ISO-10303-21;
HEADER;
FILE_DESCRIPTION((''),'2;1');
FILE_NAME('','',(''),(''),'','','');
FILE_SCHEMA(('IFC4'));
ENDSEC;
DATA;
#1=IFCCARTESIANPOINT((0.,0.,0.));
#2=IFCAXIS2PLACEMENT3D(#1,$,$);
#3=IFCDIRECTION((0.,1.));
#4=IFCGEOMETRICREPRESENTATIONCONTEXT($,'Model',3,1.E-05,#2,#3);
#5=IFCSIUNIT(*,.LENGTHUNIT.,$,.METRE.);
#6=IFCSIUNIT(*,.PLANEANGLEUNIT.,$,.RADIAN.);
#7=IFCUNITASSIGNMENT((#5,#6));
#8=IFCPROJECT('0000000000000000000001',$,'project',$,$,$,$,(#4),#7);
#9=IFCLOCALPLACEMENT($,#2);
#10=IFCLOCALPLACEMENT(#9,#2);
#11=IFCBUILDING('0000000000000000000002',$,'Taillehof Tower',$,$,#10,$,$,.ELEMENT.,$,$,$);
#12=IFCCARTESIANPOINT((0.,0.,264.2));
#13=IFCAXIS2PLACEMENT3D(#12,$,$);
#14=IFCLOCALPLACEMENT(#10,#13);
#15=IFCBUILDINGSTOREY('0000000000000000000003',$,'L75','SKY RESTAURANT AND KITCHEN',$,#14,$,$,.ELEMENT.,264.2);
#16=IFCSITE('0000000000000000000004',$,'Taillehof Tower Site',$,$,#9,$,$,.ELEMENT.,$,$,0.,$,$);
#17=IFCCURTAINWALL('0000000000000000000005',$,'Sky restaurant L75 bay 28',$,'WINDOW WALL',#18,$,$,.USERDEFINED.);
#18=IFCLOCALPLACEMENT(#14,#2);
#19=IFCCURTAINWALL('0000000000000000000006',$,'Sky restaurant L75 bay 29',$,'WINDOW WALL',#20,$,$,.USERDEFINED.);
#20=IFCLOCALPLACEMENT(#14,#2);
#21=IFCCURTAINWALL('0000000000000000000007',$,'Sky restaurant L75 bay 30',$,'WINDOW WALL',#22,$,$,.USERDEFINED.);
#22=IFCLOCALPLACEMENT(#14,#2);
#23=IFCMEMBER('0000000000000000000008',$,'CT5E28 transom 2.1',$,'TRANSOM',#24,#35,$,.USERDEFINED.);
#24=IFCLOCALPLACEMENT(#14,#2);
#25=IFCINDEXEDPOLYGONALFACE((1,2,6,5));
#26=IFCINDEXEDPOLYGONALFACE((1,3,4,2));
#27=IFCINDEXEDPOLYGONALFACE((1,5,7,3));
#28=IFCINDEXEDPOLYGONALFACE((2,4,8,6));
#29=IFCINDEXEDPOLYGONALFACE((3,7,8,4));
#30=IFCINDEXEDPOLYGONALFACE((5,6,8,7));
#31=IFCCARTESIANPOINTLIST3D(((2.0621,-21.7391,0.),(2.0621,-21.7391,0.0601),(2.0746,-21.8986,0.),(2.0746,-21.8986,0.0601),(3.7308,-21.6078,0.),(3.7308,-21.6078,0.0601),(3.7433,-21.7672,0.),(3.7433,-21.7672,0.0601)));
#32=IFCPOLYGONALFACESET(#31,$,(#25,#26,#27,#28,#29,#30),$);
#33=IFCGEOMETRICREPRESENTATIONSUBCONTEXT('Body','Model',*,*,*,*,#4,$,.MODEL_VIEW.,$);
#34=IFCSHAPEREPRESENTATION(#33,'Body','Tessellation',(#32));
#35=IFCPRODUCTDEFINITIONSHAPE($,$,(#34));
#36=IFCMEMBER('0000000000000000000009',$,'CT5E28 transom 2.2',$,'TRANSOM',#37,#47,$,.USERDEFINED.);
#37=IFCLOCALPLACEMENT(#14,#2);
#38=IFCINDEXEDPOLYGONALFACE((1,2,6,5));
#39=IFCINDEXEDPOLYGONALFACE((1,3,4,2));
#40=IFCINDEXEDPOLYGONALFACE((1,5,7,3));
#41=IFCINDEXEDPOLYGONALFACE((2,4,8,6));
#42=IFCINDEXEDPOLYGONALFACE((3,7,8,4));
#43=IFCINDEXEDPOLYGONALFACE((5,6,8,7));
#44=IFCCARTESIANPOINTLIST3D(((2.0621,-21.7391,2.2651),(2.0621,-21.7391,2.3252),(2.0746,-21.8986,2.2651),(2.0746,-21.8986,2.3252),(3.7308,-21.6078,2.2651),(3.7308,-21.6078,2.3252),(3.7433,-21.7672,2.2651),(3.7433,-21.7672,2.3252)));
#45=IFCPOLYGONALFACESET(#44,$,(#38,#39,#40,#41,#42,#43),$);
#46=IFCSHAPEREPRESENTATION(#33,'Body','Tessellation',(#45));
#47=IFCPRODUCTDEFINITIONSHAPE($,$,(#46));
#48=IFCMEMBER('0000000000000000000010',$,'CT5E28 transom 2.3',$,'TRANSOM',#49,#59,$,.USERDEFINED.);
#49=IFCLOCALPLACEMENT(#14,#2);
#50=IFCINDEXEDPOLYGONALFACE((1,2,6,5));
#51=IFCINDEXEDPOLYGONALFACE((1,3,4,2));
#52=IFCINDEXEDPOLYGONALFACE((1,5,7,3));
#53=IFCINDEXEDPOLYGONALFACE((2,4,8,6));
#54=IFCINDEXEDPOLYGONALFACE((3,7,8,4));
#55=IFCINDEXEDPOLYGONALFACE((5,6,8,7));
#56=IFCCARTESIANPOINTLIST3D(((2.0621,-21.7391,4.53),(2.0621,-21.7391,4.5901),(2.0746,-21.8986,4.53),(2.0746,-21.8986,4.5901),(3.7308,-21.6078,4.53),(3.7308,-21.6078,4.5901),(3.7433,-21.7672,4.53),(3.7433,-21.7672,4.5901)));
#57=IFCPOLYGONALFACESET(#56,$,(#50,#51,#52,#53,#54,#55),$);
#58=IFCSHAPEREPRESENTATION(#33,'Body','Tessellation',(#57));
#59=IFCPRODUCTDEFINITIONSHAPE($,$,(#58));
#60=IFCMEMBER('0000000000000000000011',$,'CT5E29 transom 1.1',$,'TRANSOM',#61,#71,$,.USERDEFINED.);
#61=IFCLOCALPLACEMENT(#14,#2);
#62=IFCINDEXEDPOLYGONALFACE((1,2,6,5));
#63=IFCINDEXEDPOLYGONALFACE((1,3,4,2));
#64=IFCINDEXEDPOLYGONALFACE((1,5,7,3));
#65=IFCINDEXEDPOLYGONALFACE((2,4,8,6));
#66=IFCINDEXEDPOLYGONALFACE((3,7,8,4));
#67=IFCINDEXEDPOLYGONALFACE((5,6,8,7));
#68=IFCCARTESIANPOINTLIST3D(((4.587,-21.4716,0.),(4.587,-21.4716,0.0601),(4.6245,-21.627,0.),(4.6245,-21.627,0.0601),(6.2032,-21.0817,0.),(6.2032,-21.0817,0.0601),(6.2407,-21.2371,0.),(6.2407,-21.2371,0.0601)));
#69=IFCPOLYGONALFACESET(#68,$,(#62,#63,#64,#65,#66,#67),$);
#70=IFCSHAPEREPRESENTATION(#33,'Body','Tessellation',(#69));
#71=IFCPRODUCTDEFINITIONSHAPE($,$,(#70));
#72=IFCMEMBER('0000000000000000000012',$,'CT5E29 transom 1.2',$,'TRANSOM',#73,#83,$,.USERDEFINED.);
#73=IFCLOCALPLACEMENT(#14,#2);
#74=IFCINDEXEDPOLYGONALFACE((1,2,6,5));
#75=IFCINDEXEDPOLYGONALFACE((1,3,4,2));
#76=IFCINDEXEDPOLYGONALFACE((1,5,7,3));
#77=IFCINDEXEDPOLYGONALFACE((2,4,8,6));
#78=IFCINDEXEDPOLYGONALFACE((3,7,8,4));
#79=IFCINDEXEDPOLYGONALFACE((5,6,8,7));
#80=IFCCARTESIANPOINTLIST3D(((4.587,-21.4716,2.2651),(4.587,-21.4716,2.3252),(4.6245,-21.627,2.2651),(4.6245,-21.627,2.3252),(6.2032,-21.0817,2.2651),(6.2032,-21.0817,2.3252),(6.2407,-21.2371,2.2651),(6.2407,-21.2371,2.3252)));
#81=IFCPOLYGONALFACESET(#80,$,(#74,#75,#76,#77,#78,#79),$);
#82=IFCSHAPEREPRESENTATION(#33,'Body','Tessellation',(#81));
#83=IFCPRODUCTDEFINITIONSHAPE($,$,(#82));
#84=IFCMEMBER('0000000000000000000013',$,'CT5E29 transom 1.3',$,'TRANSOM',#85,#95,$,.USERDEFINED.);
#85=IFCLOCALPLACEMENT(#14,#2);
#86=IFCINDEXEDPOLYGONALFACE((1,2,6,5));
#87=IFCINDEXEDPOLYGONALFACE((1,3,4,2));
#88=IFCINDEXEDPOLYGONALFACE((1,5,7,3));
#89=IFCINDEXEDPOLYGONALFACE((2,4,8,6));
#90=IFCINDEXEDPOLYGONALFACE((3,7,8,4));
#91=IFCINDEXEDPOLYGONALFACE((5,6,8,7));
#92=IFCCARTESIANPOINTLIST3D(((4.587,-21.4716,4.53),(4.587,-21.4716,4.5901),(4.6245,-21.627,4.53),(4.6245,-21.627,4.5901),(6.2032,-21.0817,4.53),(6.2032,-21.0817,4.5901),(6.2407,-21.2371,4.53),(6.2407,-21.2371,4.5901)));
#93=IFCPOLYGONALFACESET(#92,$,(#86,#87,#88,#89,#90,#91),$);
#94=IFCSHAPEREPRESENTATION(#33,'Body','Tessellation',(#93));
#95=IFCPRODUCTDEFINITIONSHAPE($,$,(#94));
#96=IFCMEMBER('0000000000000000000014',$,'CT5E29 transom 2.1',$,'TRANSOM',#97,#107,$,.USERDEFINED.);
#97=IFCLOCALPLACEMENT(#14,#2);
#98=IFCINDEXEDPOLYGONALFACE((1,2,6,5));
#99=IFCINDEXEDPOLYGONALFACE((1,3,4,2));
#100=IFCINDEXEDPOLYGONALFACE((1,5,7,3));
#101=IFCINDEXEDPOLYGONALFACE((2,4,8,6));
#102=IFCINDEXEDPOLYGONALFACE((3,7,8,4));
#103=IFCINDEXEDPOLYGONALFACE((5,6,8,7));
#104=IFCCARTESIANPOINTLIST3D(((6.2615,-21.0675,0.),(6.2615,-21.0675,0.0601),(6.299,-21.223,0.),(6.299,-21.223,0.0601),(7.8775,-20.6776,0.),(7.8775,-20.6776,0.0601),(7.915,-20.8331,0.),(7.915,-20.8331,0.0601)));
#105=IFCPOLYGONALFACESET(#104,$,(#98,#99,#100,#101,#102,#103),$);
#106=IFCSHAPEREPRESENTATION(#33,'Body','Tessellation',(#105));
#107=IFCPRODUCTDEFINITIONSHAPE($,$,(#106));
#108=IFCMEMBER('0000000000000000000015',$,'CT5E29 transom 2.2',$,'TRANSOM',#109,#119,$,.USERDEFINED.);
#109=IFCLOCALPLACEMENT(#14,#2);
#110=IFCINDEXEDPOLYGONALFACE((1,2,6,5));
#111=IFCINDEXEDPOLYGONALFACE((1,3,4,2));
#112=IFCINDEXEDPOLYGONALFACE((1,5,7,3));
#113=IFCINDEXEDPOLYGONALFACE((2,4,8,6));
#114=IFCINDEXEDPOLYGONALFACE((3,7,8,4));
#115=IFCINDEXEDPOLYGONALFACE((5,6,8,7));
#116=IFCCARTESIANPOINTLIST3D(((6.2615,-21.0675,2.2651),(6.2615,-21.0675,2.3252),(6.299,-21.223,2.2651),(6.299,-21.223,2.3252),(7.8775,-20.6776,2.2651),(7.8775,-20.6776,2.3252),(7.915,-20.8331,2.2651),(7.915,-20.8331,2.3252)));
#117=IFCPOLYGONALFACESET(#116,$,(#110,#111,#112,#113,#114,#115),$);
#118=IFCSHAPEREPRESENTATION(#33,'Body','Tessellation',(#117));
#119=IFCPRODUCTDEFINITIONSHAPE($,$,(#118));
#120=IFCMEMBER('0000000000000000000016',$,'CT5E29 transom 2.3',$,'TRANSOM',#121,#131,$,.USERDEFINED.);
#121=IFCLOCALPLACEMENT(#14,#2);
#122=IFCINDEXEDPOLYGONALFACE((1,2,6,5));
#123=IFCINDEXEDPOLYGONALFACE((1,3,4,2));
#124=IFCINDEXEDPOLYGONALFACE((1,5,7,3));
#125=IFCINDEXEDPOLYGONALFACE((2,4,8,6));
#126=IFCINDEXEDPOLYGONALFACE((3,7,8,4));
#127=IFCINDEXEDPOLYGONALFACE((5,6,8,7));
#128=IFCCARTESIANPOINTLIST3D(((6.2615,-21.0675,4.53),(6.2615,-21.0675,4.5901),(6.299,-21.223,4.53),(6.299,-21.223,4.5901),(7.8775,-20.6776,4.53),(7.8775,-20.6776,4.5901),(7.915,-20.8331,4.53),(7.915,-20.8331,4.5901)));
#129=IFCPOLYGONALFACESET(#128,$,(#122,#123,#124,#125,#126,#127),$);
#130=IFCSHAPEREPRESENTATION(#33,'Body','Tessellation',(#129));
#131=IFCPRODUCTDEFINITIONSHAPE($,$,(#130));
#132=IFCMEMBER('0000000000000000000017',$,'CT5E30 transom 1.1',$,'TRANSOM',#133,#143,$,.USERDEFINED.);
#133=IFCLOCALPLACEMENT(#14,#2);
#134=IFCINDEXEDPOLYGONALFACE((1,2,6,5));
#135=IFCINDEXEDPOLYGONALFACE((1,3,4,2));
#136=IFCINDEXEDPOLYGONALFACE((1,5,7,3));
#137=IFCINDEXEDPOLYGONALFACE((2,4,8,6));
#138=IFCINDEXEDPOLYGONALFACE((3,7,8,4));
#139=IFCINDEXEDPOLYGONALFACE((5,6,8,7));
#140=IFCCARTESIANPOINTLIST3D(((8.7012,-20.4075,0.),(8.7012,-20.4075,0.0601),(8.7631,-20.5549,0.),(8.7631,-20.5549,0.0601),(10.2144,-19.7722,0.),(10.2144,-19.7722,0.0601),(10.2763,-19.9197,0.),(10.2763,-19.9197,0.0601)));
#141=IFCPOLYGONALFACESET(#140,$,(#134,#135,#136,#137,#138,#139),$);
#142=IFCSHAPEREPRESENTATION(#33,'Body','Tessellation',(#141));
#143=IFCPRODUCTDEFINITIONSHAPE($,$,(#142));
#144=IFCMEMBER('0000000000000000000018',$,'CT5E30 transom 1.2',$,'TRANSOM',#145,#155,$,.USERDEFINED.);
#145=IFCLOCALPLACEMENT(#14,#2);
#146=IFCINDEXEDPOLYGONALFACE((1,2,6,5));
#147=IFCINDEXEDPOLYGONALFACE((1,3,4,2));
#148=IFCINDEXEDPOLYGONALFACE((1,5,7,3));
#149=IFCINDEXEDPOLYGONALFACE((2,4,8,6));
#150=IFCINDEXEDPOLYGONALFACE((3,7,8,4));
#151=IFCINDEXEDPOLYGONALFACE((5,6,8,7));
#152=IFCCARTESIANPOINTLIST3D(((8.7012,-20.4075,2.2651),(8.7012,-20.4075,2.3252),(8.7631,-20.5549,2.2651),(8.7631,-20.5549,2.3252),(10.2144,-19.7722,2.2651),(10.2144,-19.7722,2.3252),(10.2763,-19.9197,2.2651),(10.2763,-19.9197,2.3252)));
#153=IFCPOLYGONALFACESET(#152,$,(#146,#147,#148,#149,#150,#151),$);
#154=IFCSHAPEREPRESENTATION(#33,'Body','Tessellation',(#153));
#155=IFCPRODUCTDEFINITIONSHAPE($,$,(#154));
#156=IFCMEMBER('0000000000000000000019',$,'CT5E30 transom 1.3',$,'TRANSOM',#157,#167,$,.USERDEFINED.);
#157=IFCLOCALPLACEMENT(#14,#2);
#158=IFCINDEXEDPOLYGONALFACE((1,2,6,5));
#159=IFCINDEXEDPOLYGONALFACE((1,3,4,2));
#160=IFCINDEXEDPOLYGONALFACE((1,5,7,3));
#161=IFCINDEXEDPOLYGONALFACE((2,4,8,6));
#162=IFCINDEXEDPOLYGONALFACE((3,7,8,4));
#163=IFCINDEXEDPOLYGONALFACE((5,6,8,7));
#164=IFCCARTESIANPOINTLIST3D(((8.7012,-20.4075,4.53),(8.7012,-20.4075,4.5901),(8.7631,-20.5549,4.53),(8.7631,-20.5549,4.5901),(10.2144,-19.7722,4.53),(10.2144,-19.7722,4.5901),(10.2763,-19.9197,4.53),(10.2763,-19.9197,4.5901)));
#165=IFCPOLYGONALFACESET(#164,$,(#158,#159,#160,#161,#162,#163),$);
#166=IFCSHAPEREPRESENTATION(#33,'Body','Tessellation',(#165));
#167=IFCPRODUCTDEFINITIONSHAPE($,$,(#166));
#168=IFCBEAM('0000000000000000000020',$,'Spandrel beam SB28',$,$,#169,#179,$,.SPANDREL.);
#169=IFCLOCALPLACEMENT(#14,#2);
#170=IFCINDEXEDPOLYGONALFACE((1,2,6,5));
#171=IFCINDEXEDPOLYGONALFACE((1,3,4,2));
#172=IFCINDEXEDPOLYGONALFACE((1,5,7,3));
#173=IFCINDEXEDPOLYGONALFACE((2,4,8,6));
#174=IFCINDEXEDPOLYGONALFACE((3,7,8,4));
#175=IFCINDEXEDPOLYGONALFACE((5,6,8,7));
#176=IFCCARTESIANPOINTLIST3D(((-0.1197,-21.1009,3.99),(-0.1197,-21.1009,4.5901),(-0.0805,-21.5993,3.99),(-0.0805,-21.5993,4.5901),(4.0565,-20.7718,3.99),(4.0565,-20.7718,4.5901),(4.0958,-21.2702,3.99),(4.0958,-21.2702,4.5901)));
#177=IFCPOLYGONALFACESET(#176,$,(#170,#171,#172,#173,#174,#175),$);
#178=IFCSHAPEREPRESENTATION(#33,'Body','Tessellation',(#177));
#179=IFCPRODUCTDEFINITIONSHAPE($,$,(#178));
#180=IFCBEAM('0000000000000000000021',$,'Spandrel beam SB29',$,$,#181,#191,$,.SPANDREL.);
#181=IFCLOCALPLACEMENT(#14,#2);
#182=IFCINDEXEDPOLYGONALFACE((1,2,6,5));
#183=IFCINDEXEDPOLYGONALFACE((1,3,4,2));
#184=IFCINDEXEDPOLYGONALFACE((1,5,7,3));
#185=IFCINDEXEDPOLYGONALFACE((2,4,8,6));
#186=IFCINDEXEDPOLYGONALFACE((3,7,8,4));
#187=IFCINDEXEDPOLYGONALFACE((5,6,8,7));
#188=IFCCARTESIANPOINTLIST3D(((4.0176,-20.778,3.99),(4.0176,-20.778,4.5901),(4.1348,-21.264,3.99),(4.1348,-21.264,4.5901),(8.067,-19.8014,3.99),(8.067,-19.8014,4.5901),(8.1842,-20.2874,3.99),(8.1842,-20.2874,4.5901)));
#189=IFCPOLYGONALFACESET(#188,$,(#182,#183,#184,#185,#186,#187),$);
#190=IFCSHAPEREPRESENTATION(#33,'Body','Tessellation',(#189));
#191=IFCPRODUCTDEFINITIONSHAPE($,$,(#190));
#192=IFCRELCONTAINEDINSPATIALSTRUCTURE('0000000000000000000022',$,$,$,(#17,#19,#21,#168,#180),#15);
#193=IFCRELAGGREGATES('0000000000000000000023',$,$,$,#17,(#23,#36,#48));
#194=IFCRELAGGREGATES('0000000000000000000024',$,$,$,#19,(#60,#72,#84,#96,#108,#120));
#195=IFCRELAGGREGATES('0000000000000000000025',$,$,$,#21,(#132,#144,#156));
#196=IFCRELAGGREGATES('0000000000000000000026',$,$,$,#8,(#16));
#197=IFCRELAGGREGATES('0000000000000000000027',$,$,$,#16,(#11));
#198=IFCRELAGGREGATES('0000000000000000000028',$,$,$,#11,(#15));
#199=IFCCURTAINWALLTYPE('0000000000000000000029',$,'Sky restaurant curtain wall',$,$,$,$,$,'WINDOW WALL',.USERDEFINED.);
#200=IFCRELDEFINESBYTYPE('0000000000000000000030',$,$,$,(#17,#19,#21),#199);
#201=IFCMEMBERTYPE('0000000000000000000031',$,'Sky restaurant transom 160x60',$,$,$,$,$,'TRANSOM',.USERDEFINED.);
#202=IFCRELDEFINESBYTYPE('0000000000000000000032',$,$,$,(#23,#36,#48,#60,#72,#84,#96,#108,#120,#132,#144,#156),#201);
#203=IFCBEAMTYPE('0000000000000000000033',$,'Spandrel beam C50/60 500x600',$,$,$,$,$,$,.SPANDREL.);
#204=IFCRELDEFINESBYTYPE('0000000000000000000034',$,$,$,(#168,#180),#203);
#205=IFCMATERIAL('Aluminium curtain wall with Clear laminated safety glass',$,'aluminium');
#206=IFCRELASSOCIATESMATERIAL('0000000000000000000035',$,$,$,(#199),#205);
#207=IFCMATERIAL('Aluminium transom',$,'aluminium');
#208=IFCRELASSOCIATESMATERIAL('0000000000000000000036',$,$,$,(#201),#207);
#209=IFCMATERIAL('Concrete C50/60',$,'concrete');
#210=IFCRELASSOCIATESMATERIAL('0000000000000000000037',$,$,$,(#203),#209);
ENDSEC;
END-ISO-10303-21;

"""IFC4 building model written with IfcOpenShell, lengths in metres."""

from ifc_helpers import new_model, si_unit, direction, frame, origin, origin_2d, place, context, subcontext, project, spatial, rectangle, extrude, material, material_profile, profile_set, type_object, element, aggregate, save


model = new_model("IFC4")

# Units and contexts
model_context = context("Model", 3, precision=1e-05, world=origin(), true_north=direction((0.0, 1.0)))
body_context = subcontext(model_context, "Body", "Model", "MODEL_VIEW")
ifc_project = project(units=[si_unit("LENGTHUNIT", "METRE"), si_unit("PLANEANGLEUNIT", "RADIAN")], contexts=[model_context])

# Site, building, storey
site_placement = place(None, origin())
site = spatial("IfcSite", under=ifc_project, at=site_placement, Name="Taillehof Tower Site", CompositionType="ELEMENT", RefElevation=0.0)
building_placement = place(site_placement, origin())
building = spatial("IfcBuilding", under=site, at=building_placement, Name="Taillehof Tower", CompositionType="ELEMENT")
storey_placement = place(building_placement, frame((0.0, 0.0, 264.2)))
storey = spatial("IfcBuildingStorey", under=building, at=storey_placement, Name="L75", Description="SKY RESTAURANT AND KITCHEN", CompositionType="ELEMENT", Elevation=264.2)

# Curtain walls
ifc_material_1 = material(Name="Aluminium curtain wall with Clear laminated safety glass", Category="aluminium")
curtain_wall_type = type_object("IfcCurtainWallType", Name="Sky restaurant curtain wall", ElementType="WINDOW WALL", PredefinedType="USERDEFINED", material=ifc_material_1)
curtain_wall_1_placement = place(storey_placement, origin())
curtain_wall_1 = element("IfcCurtainWall", 1, at=curtain_wall_1_placement, inside=storey, type_object=curtain_wall_type, Name="Sky restaurant L75 bay 28", ObjectType="WINDOW WALL", PredefinedType="USERDEFINED")
curtain_wall_2_placement = place(storey_placement, origin())
curtain_wall_2 = element("IfcCurtainWall", 2, at=curtain_wall_2_placement, inside=storey, type_object=curtain_wall_type, Name="Sky restaurant L75 bay 29", ObjectType="WINDOW WALL", PredefinedType="USERDEFINED")

# Curtain wall
curtain_wall_3_placement = place(storey_placement, origin())
curtain_wall_3 = element("IfcCurtainWall", 3, at=curtain_wall_3_placement, inside=storey, type_object=curtain_wall_type, Name="Sky restaurant L75 bay 30", ObjectType="WINDOW WALL", PredefinedType="USERDEFINED")

# Members
ifc_material_2 = material(Name="Aluminium transom", Category="aluminium")
ifc_material_profile_1 = material_profile(ifc_material_2, rectangle(XDim=0.1599, YDim=0.0601, at=origin_2d()), Name="AL 160x60")
ifc_profile_set_1 = profile_set([ifc_material_profile_1], Name="Aluminium transom")
member_type_1 = type_object("IfcMemberType", Name="Sky restaurant transom 160x60", ElementType="TRANSOM", PredefinedType="USERDEFINED", material=ifc_profile_set_1)
member_1_placement = place(storey_placement, frame((2.0684, -21.8188, 0.03), z_axis=(0.996916, 0.07847, 0.0), x_axis=(-0.07847, 0.996916, 0.0)))
member_1 = element("IfcMember", 4, at=member_1_placement, type_object=member_type_1, Name="CT5E28 transom 2.1", ObjectType="TRANSOM", PredefinedType="USERDEFINED", context=body_context, shape_type="SweptSolid", body=[
    extrude(rectangle(XDim=0.1599, YDim=0.0601, at=origin_2d()), origin(), (0.0, 0.0, 1.0), 1.6738),
])
member_2_placement = place(storey_placement, frame((2.0684, -21.8188, 2.2952), z_axis=(0.996916, 0.07847, 0.0), x_axis=(-0.07847, 0.996916, 0.0)))
member_2 = element("IfcMember", 5, at=member_2_placement, type_object=member_type_1, Name="CT5E28 transom 2.2", ObjectType="TRANSOM", PredefinedType="USERDEFINED", context=body_context, shape_type="SweptSolid", body=[
    extrude(rectangle(XDim=0.1599, YDim=0.0601, at=origin_2d()), origin(), (0.0, 0.0, 1.0), 1.6738),
])
member_3_placement = place(storey_placement, frame((2.0684, -21.8188, 4.5601), z_axis=(0.996916, 0.07847, 0.0), x_axis=(-0.07847, 0.996916, 0.0)))
member_3 = element("IfcMember", 6, at=member_3_placement, type_object=member_type_1, Name="CT5E28 transom 2.3", ObjectType="TRANSOM", PredefinedType="USERDEFINED", context=body_context, shape_type="SweptSolid", body=[
    extrude(rectangle(XDim=0.1599, YDim=0.0601, at=origin_2d()), origin(), (0.0, 0.0, 1.0), 1.6738),
])
member_4_placement = place(storey_placement, frame((4.6057, -21.5493, 0.03), z_axis=(0.972113, 0.234511, 0.0), x_axis=(-0.234511, 0.972113, 0.0)))
member_4 = element("IfcMember", 7, at=member_4_placement, type_object=member_type_1, Name="CT5E29 transom 1.1", ObjectType="TRANSOM", PredefinedType="USERDEFINED", context=body_context, shape_type="SweptSolid", body=[
    extrude(rectangle(XDim=0.1599, YDim=0.0601, at=origin_2d()), origin(), (0.0, 0.0, 1.0), 1.6626),
])
member_5_placement = place(storey_placement, frame((4.6057, -21.5493, 2.2952), z_axis=(0.972113, 0.234511, 0.0), x_axis=(-0.234511, 0.972113, 0.0)))
member_5 = element("IfcMember", 8, at=member_5_placement, type_object=member_type_1, Name="CT5E29 transom 1.2", ObjectType="TRANSOM", PredefinedType="USERDEFINED", context=body_context, shape_type="SweptSolid", body=[
    extrude(rectangle(XDim=0.1599, YDim=0.0601, at=origin_2d()), origin(), (0.0, 0.0, 1.0), 1.6626),
])
member_6_placement = place(storey_placement, frame((4.6057, -21.5493, 4.5601), z_axis=(0.972113, 0.234511, 0.0), x_axis=(-0.234511, 0.972113, 0.0)))
member_6 = element("IfcMember", 9, at=member_6_placement, type_object=member_type_1, Name="CT5E29 transom 1.3", ObjectType="TRANSOM", PredefinedType="USERDEFINED", context=body_context, shape_type="SweptSolid", body=[
    extrude(rectangle(XDim=0.1599, YDim=0.0601, at=origin_2d()), origin(), (0.0, 0.0, 1.0), 1.6626),
])
member_7_placement = place(storey_placement, frame((6.2803, -21.1453, 0.03), z_axis=(0.972105, 0.234545, 0.0), x_axis=(-0.234545, 0.972105, 0.0)))
member_7 = element("IfcMember", 10, at=member_7_placement, type_object=member_type_1, Name="CT5E29 transom 2.1", ObjectType="TRANSOM", PredefinedType="USERDEFINED", context=body_context, shape_type="SweptSolid", body=[
    extrude(rectangle(XDim=0.1599, YDim=0.0601, at=origin_2d()), origin(), (0.0, 0.0, 1.0), 1.6624),
])
member_8_placement = place(storey_placement, frame((6.2803, -21.1453, 2.2952), z_axis=(0.972105, 0.234545, 0.0), x_axis=(-0.234545, 0.972105, 0.0)))
member_8 = element("IfcMember", 11, at=member_8_placement, type_object=member_type_1, Name="CT5E29 transom 2.2", ObjectType="TRANSOM", PredefinedType="USERDEFINED", context=body_context, shape_type="SweptSolid", body=[
    extrude(rectangle(XDim=0.1599, YDim=0.0601, at=origin_2d()), origin(), (0.0, 0.0, 1.0), 1.6624),
])
member_9_placement = place(storey_placement, frame((6.2803, -21.1453, 4.5601), z_axis=(0.972105, 0.234545, 0.0), x_axis=(-0.234545, 0.972105, 0.0)))
member_9 = element("IfcMember", 12, at=member_9_placement, type_object=member_type_1, Name="CT5E29 transom 2.3", ObjectType="TRANSOM", PredefinedType="USERDEFINED", context=body_context, shape_type="SweptSolid", body=[
    extrude(rectangle(XDim=0.1599, YDim=0.0601, at=origin_2d()), origin(), (0.0, 0.0, 1.0), 1.6624),
])
member_10_placement = place(storey_placement, frame((8.7322, -20.4812, 0.03), z_axis=(0.922044, 0.387086, 0.0), x_axis=(-0.387086, 0.922044, 0.0)))
member_10 = element("IfcMember", 13, at=member_10_placement, type_object=member_type_1, Name="CT5E30 transom 1.1", ObjectType="TRANSOM", PredefinedType="USERDEFINED", context=body_context, shape_type="SweptSolid", body=[
    extrude(rectangle(XDim=0.1599, YDim=0.0601, at=origin_2d()), origin(), (0.0, 0.0, 1.0), 1.6411),
])
member_11_placement = place(storey_placement, frame((8.7322, -20.4812, 2.2952), z_axis=(0.922044, 0.387086, 0.0), x_axis=(-0.387086, 0.922044, 0.0)))
member_11 = element("IfcMember", 14, at=member_11_placement, type_object=member_type_1, Name="CT5E30 transom 1.2", ObjectType="TRANSOM", PredefinedType="USERDEFINED", context=body_context, shape_type="SweptSolid", body=[
    extrude(rectangle(XDim=0.1599, YDim=0.0601, at=origin_2d()), origin(), (0.0, 0.0, 1.0), 1.6411),
])
member_12_placement = place(storey_placement, frame((8.7322, -20.4812, 4.5601), z_axis=(0.922044, 0.387086, 0.0), x_axis=(-0.387086, 0.922044, 0.0)))
member_12 = element("IfcMember", 15, at=member_12_placement, type_object=member_type_1, Name="CT5E30 transom 1.3", ObjectType="TRANSOM", PredefinedType="USERDEFINED", context=body_context, shape_type="SweptSolid", body=[
    extrude(rectangle(XDim=0.1599, YDim=0.0601, at=origin_2d()), origin(), (0.0, 0.0, 1.0), 1.6411),
])

# Beams
ifc_material_3 = material(Name="Concrete C50/60", Category="concrete")
ifc_material_profile_2 = material_profile(ifc_material_3, rectangle(XDim=0.5, YDim=0.6001, at=origin_2d()), Name="RC 500x600")
ifc_profile_set_2 = profile_set([ifc_material_profile_2], Name="Concrete C50/60")
beam_type_1 = type_object("IfcBeamType", Name="Spandrel beam C50/60 500x600", PredefinedType="SPANDREL", material=ifc_profile_set_2)
beam_1_placement = place(storey_placement, frame((-0.1001, -21.3501, 4.29), z_axis=(0.996909, 0.078559, 0.0), x_axis=(-0.078559, 0.996909, 0.0)))
element("IfcBeam", 16, at=beam_1_placement, inside=storey, type_object=beam_type_1, Name="Spandrel beam SB28", PredefinedType="SPANDREL", context=body_context, shape_type="SweptSolid", body=[
    extrude(rectangle(XDim=0.5, YDim=0.6001, at=origin_2d()), origin(), (0.0, 0.0, 1.0), 4.1892),
])
beam_2_placement = place(storey_placement, frame((4.0762, -21.021, 4.29), z_axis=(0.972129, 0.234446, 0.0), x_axis=(-0.234446, 0.972129, 0.0)))
element("IfcBeam", 17, at=beam_2_placement, inside=storey, type_object=beam_type_1, Name="Spandrel beam SB29", PredefinedType="SPANDREL", context=body_context, shape_type="SweptSolid", body=[
    extrude(rectangle(XDim=0.5, YDim=0.6001, at=origin_2d()), origin(), (0.0, 0.0, 1.0), 4.1655),
])

aggregate(curtain_wall_1, [member_1, member_2, member_3])
aggregate(curtain_wall_2, [member_4, member_5, member_6, member_7, member_8, member_9])
aggregate(curtain_wall_3, [member_10, member_11, member_12])

save(model, "model.ifc")
